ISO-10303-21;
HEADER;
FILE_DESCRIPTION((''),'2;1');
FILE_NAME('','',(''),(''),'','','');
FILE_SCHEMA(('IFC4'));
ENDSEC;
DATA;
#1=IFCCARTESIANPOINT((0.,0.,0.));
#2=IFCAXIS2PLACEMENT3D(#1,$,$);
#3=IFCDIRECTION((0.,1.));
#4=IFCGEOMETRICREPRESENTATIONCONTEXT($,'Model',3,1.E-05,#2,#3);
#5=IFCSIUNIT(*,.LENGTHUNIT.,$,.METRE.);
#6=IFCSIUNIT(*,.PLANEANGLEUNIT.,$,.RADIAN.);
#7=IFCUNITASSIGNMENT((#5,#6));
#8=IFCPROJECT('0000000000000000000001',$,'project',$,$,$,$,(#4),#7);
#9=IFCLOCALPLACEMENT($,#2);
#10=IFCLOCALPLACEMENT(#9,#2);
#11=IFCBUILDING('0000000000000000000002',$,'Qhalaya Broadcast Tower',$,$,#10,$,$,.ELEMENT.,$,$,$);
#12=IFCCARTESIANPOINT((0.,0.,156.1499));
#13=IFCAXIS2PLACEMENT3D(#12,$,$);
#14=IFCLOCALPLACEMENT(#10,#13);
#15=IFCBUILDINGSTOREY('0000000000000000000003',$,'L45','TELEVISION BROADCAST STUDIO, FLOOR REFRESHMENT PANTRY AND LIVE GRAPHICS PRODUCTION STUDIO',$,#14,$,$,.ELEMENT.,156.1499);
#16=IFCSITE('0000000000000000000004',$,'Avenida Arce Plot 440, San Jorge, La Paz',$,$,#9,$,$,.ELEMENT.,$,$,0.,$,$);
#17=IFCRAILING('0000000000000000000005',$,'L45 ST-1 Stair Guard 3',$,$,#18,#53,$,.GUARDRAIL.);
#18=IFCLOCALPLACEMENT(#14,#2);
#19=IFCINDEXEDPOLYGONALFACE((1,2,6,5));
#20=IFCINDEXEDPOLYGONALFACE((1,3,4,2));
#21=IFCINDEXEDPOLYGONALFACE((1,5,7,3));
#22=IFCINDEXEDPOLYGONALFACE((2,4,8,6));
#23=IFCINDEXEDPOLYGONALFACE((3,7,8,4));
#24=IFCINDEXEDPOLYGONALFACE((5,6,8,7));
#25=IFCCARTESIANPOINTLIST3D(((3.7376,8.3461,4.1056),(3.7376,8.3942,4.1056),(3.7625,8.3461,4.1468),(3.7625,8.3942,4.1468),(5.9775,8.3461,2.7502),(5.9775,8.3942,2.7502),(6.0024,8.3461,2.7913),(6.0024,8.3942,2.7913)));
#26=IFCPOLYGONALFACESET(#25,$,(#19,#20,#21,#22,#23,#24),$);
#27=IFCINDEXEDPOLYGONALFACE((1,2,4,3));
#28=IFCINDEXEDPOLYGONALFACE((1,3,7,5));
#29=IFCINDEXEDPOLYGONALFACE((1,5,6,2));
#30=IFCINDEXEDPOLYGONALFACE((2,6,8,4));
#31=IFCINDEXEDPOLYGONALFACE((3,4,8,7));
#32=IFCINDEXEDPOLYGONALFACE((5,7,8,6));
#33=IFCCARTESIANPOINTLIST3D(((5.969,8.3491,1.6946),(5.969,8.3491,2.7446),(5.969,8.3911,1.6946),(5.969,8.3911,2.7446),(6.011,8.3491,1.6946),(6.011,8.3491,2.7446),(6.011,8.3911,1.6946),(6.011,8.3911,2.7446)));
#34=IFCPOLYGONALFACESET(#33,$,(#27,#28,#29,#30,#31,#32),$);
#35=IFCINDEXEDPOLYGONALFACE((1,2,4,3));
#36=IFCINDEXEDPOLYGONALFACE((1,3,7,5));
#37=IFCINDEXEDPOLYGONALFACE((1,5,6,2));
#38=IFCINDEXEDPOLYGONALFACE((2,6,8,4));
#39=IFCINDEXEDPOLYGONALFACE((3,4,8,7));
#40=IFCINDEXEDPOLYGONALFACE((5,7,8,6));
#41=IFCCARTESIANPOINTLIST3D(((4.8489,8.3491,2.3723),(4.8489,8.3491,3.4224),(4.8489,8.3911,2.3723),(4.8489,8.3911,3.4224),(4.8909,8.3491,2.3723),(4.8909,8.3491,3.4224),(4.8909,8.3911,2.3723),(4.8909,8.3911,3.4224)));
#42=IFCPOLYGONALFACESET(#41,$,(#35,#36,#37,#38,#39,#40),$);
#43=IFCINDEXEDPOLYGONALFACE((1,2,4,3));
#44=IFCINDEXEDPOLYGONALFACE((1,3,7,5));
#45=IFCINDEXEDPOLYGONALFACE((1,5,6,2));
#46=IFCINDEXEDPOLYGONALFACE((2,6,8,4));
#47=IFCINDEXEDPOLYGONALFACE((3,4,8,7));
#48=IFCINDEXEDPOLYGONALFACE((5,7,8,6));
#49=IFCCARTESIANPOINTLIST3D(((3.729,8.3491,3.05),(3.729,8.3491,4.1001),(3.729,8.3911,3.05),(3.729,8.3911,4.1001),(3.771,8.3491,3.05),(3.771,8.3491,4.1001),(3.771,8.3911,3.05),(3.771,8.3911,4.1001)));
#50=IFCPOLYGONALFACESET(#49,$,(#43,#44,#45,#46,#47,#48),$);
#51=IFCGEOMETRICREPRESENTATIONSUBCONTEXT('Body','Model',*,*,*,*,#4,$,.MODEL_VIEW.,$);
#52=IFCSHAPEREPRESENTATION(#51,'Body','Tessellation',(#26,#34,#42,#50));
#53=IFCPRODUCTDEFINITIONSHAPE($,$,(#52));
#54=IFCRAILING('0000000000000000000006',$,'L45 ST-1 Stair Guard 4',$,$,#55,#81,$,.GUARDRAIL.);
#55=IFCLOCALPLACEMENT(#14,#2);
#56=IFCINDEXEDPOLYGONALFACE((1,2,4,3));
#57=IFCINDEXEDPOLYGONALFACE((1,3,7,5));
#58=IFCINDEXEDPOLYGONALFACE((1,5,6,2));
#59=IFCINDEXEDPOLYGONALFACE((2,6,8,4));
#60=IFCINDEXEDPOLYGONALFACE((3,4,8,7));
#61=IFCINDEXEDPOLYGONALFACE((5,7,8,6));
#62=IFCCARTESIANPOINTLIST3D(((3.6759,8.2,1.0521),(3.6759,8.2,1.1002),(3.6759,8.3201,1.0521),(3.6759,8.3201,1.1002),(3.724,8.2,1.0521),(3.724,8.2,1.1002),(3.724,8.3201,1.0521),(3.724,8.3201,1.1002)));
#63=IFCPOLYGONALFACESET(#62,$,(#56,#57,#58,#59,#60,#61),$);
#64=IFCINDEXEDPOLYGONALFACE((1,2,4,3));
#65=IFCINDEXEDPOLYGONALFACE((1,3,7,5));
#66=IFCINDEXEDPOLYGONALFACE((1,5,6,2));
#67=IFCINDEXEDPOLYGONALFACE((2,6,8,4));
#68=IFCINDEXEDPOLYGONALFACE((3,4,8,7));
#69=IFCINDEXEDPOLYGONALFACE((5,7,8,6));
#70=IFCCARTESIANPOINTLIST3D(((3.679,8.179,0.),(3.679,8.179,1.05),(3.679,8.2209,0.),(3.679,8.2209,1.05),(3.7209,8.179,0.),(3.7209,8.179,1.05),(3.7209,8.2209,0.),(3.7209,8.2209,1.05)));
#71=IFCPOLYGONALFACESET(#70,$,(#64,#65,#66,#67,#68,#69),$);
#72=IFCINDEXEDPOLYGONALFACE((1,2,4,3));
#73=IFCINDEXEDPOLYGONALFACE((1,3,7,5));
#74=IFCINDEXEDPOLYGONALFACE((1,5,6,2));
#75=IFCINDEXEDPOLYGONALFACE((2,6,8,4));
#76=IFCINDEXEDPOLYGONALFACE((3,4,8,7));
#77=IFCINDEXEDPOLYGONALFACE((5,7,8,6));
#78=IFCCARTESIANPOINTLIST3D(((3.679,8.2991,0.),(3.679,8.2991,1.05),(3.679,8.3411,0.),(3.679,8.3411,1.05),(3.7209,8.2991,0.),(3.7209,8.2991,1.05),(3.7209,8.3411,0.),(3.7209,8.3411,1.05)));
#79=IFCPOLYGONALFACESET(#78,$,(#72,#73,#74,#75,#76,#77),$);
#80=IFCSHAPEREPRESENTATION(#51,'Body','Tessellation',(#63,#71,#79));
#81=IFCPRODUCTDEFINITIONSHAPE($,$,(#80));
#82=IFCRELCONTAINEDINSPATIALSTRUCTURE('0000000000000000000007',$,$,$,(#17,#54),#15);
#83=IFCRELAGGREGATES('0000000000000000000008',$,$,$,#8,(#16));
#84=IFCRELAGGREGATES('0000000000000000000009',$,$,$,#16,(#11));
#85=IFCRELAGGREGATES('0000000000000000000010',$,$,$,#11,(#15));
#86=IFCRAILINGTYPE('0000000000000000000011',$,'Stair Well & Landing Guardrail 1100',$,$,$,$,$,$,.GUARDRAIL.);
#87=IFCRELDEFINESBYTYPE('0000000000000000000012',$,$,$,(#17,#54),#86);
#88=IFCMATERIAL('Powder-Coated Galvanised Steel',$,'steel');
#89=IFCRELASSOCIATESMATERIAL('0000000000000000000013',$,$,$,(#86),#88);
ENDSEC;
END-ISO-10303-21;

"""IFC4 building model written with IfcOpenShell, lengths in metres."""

from ifc_helpers import new_model, si_unit, direction, frame, origin, origin_2d, place, context, subcontext, project, spatial, rectangle, extrude, material, type_object, element, save


model = new_model("IFC4")

# Units and contexts
model_context = context("Model", 3, precision=1e-05, world=origin(), true_north=direction((0.0, 1.0)))
body_context = subcontext(model_context, "Body", "Model", "MODEL_VIEW")
ifc_project = project(units=[si_unit("LENGTHUNIT", "METRE"), si_unit("PLANEANGLEUNIT", "RADIAN")], contexts=[model_context])

# Site, building, storey
site_placement = place(None, origin())
site = spatial("IfcSite", under=ifc_project, at=site_placement, Name="Avenida Arce Plot 440, San Jorge, La Paz", CompositionType="ELEMENT", RefElevation=0.0)
building_placement = place(site_placement, origin())
building = spatial("IfcBuilding", under=site, at=building_placement, Name="Qhalaya Broadcast Tower", CompositionType="ELEMENT")
storey_placement = place(building_placement, frame((0.0, 0.0, 156.1499)))
storey = spatial("IfcBuildingStorey", under=building, at=storey_placement, Name="L45", Description="TELEVISION BROADCAST STUDIO, FLOOR REFRESHMENT PANTRY AND LIVE GRAPHICS PRODUCTION STUDIO", CompositionType="ELEMENT", Elevation=156.1499)

# Railings
ifc_material_1 = material(Name="Powder-Coated Galvanised Steel", Category="steel")
railing_type_1 = type_object("IfcRailingType", Name="Stair Well & Landing Guardrail 1100", PredefinedType="GUARDRAIL", material=ifc_material_1)
railing_1_placement = place(storey_placement, frame((5.99, 8.3701, 1.6946)))
element("IfcRailing", 1, at=railing_1_placement, inside=storey, type_object=railing_type_1, Name="L45 ST-1 Stair Guard 3", PredefinedType="GUARDRAIL", context=body_context, shape_type="SweptSolid", body=[
    extrude(rectangle(XDim=0.0481, YDim=0.0481, at=origin_2d()), frame((0.0, 0.0, 1.0762), z_axis=(-0.855553, 0.0, 0.517715), x_axis=(0.0, -1.0, 0.0)), (0.0, 0.0, 1.0), 2.6182),
    extrude(rectangle(XDim=0.042, YDim=0.042, at=origin_2d()), origin(), (0.0, 0.0, 1.0), 1.05),
    extrude(rectangle(XDim=0.042, YDim=0.042, at=origin_2d()), frame((-1.1201, 0.0, 0.6777)), (0.0, 0.0, 1.0), 1.05),
    extrude(rectangle(XDim=0.042, YDim=0.042, at=origin_2d()), frame((-2.24, 0.0, 1.3555)), (0.0, 0.0, 1.0), 1.05),
])
railing_2_placement = place(storey_placement, frame((3.7, 8.2, 0.0)))
element("IfcRailing", 2, at=railing_2_placement, inside=storey, type_object=railing_type_1, Name="L45 ST-1 Stair Guard 4", PredefinedType="GUARDRAIL", context=body_context, shape_type="SweptSolid", body=[
    extrude(rectangle(XDim=0.0481, YDim=0.0481, at=origin_2d()), frame((0.0, 0.0, 1.0762), z_axis=(0.0, 1.0, 0.0), x_axis=(-1.0, 0.0, 0.0)), (0.0, 0.0, 1.0), 0.1201),
    extrude(rectangle(XDim=0.042, YDim=0.042, at=origin_2d()), origin(), (0.0, 0.0, 1.0), 1.05),
    extrude(rectangle(XDim=0.042, YDim=0.042, at=origin_2d()), frame((0.0, 0.1201, 0.0)), (0.0, 0.0, 1.0), 1.05),
])

save(model, "model.ifc")
